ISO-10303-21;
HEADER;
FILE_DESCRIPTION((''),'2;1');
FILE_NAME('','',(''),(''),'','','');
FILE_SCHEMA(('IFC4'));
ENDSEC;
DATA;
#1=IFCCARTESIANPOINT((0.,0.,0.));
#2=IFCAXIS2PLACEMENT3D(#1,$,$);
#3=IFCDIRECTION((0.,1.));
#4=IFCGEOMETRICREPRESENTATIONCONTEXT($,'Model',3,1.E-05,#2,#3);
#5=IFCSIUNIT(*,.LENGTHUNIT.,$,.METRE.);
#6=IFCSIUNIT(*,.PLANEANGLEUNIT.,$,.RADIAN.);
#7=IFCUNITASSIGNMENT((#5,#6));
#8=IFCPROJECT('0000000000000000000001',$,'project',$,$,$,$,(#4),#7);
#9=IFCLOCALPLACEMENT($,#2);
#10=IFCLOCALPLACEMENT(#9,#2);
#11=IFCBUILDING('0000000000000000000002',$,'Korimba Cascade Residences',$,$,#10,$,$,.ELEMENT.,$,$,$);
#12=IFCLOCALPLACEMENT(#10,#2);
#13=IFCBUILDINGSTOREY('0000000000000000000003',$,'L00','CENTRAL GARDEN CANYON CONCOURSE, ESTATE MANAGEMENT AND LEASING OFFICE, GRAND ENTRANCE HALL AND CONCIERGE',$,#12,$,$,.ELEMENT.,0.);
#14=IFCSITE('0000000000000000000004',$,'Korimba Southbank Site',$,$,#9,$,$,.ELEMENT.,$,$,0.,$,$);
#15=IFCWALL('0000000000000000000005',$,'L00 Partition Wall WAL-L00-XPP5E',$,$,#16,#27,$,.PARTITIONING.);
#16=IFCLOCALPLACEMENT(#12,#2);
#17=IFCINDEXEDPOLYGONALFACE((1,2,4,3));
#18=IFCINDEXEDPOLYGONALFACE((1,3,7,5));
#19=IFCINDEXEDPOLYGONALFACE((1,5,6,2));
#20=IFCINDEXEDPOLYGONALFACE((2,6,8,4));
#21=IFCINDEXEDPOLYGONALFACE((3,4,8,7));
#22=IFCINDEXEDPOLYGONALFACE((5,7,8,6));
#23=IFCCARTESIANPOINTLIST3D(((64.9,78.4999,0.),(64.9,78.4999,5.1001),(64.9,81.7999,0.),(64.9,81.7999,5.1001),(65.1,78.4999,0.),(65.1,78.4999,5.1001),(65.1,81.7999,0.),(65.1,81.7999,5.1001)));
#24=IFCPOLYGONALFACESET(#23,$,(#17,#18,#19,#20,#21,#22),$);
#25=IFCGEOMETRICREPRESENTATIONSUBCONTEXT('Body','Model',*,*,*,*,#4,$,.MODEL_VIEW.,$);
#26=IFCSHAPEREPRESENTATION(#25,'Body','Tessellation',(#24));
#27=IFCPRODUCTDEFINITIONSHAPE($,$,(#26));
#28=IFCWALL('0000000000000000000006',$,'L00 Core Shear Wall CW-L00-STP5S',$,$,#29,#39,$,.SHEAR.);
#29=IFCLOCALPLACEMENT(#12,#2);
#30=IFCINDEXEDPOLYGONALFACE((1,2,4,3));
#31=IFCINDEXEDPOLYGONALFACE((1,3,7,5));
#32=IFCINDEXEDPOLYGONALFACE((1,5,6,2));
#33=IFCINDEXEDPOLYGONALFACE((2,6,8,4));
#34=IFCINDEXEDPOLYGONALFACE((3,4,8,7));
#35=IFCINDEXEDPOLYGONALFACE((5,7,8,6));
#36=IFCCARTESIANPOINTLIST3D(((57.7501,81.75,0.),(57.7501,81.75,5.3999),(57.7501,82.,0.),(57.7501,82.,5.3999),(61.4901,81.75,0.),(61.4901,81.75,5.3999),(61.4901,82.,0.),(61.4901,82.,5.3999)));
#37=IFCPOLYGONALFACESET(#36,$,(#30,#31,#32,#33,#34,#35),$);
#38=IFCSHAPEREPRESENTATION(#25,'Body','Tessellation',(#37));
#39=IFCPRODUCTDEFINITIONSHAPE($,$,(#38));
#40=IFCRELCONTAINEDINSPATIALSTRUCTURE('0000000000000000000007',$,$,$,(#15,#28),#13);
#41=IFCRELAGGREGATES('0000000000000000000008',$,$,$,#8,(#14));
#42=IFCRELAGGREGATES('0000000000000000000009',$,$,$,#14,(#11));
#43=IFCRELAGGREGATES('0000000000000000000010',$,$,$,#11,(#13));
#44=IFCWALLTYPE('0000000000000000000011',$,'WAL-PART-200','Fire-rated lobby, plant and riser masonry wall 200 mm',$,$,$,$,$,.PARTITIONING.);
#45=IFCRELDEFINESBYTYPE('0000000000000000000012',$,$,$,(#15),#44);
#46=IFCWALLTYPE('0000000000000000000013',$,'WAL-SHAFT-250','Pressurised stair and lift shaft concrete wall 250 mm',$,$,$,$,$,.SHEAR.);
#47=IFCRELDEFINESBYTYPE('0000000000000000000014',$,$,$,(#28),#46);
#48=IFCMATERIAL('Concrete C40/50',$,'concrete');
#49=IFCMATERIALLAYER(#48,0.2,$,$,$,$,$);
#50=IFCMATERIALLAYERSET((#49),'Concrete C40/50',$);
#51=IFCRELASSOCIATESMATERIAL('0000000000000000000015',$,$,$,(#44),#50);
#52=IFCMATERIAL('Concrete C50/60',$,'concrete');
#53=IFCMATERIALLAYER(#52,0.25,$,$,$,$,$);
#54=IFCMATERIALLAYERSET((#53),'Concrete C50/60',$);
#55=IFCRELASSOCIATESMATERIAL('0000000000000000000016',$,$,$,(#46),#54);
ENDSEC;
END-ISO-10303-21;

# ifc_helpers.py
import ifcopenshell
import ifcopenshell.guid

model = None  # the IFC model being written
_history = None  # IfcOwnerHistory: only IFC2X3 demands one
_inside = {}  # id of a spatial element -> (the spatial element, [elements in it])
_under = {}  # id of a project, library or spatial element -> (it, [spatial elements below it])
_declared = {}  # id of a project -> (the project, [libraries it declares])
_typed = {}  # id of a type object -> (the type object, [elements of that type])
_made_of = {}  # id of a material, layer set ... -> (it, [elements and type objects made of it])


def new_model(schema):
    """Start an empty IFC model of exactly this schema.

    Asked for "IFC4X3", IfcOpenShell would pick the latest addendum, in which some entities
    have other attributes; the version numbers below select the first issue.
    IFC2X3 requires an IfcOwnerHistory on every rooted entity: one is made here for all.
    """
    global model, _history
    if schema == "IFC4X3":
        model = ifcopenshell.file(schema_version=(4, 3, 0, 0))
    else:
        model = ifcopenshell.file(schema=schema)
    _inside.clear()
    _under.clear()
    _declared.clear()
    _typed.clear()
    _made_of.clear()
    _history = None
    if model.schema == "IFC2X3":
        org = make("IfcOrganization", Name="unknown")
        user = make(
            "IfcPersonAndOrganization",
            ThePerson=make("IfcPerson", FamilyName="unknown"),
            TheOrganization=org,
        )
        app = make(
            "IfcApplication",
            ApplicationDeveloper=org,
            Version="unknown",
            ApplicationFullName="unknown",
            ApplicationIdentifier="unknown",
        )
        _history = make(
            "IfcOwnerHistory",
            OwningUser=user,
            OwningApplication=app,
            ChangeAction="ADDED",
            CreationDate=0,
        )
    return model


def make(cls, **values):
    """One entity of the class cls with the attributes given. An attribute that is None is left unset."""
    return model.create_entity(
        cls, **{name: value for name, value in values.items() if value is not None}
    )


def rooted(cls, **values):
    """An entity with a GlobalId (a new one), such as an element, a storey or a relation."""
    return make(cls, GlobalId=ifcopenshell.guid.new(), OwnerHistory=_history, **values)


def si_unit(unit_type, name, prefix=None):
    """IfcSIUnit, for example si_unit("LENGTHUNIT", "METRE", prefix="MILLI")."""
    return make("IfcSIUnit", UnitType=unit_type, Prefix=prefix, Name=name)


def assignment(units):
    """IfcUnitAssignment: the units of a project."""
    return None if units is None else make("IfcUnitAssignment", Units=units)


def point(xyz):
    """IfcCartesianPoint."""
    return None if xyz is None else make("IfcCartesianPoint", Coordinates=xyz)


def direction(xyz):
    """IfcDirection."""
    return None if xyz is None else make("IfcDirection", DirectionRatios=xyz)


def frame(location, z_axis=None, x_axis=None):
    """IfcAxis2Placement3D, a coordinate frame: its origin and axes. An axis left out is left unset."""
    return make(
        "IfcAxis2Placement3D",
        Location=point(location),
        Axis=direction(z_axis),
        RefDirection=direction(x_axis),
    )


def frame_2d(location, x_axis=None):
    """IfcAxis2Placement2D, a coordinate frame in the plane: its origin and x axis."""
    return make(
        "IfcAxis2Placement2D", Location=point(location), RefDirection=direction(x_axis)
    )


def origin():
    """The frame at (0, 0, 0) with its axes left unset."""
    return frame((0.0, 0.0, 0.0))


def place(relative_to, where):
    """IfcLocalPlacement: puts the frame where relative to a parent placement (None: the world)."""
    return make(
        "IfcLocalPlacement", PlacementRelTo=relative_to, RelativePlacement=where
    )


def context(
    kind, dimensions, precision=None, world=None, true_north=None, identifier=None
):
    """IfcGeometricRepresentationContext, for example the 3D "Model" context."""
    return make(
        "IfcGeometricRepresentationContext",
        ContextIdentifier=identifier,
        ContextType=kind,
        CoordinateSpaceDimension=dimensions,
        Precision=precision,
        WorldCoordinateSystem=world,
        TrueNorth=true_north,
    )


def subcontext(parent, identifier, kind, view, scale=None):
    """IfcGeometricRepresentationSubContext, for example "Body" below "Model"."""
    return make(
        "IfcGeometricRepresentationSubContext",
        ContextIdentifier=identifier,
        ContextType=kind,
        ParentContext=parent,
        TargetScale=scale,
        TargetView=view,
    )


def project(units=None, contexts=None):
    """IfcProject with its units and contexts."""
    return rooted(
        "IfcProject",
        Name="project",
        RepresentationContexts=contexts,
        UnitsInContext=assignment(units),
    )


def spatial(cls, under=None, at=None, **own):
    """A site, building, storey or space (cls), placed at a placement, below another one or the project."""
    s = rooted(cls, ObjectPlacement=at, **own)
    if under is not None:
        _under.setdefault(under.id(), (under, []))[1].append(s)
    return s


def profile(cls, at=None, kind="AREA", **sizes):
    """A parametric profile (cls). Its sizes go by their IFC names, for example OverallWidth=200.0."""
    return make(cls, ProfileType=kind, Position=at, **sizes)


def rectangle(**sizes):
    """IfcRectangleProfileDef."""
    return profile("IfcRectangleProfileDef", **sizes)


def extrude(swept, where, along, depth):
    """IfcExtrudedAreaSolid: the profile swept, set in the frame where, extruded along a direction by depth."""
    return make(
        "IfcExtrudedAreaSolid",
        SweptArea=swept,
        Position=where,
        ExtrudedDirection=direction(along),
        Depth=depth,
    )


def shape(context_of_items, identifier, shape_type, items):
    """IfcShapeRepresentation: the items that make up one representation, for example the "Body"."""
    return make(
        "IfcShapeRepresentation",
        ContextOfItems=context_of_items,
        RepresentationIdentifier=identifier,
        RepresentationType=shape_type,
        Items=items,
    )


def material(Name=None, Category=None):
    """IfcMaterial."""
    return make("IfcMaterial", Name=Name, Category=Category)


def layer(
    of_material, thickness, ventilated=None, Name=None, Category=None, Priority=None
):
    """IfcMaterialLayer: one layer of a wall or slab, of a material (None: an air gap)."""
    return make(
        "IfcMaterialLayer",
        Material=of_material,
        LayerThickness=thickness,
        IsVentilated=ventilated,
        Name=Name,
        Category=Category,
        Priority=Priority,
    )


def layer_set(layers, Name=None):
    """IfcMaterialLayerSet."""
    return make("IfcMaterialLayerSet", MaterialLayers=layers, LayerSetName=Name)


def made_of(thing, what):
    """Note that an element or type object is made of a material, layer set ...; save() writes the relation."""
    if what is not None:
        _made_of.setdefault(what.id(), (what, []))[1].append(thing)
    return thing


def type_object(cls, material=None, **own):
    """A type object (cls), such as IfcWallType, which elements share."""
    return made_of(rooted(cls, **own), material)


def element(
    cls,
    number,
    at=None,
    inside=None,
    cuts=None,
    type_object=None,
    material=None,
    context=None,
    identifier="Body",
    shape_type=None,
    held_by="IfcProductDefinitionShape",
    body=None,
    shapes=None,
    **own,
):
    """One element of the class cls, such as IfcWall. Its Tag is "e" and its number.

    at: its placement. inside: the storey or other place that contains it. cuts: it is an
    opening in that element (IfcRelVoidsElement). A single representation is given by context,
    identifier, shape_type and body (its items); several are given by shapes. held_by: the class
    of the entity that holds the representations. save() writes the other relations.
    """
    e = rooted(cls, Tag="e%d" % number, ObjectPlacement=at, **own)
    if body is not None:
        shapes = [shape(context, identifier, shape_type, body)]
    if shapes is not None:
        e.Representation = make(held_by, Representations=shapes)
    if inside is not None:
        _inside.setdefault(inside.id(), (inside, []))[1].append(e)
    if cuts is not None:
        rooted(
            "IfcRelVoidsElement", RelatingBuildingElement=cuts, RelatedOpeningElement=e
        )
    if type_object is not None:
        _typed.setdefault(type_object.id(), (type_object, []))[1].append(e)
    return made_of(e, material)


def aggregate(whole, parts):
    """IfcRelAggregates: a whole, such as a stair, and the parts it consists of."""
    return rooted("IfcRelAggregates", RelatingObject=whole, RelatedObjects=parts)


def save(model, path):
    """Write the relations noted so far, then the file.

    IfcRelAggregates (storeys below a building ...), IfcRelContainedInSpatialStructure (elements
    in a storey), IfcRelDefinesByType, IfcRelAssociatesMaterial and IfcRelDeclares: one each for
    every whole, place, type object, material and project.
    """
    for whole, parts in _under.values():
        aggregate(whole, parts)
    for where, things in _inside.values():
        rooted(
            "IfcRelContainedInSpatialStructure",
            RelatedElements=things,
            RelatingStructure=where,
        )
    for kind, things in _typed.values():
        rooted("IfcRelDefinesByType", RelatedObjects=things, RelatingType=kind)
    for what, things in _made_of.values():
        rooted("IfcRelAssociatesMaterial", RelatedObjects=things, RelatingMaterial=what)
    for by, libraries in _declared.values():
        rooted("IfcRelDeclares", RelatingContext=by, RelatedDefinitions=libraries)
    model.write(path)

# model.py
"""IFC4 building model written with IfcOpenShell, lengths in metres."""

from ifc_helpers import new_model, si_unit, direction, frame, frame_2d, origin, place, context, subcontext, project, spatial, rectangle, extrude, material, layer, layer_set, type_object, element, save


model = new_model("IFC4")

# Units and contexts
model_context = context("Model", 3, precision=1e-05, world=origin(), true_north=direction((0.0, 1.0)))
body_context = subcontext(model_context, "Body", "Model", "MODEL_VIEW")
ifc_project = project(units=[si_unit("LENGTHUNIT", "METRE"), si_unit("PLANEANGLEUNIT", "RADIAN")], contexts=[model_context])

# Site, building, storey
site_placement = place(None, origin())
site = spatial("IfcSite", under=ifc_project, at=site_placement, Name="Korimba Southbank Site", CompositionType="ELEMENT", RefElevation=0.0)
building_placement = place(site_placement, origin())
building = spatial("IfcBuilding", under=site, at=building_placement, Name="Korimba Cascade Residences", CompositionType="ELEMENT")
storey_placement = place(building_placement, origin())
storey = spatial("IfcBuildingStorey", under=building, at=storey_placement, Name="L00", Description="CENTRAL GARDEN CANYON CONCOURSE, ESTATE MANAGEMENT AND LEASING OFFICE, GRAND ENTRANCE HALL AND CONCIERGE", CompositionType="ELEMENT", Elevation=0.0)

# Shared definitions
ifc_material_1 = material(Name="Concrete C50/60", Category="concrete")

# Shared definitions
ifc_material_2 = material(Name="Concrete C40/50", Category="concrete")
ifc_layer_1 = layer(ifc_material_2, 0.2)
ifc_layer_set_1 = layer_set([ifc_layer_1], Name="Concrete C40/50")
wall_type_1 = type_object("IfcWallType", Name="WAL-PART-200", Description="Fire-rated lobby, plant and riser masonry wall 200 mm", PredefinedType="PARTITIONING", material=ifc_layer_set_1)

# Walls
wall_1_placement = place(storey_placement, frame((65.0, 78.5, 0.0), z_axis=(0.0, 0.0, 1.0), x_axis=(0.0, 1.0, 0.0)))
element("IfcWall", 1, at=wall_1_placement, inside=storey, type_object=wall_type_1, Name="L00 Partition Wall WAL-L00-XPP5E", PredefinedType="PARTITIONING", context=body_context, shape_type="SweptSolid", body=[
    extrude(rectangle(XDim=3.3, YDim=0.2, at=frame_2d((1.6499, 0.0))), origin(), (0.0, 0.0, 1.0), 5.1001),
])
ifc_layer_2 = layer(ifc_material_1, 0.25)
ifc_layer_set_2 = layer_set([ifc_layer_2], Name="Concrete C50/60")
wall_type_2 = type_object("IfcWallType", Name="WAL-SHAFT-250", Description="Pressurised stair and lift shaft concrete wall 250 mm", PredefinedType="SHEAR", material=ifc_layer_set_2)
wall_2_placement = place(storey_placement, frame((57.75, 81.875, 0.0), z_axis=(0.0, 0.0, 1.0), x_axis=(1.0, 0.0, 0.0)))
element("IfcWall", 2, at=wall_2_placement, inside=storey, type_object=wall_type_2, Name="L00 Core Shear Wall CW-L00-STP5S", PredefinedType="SHEAR", context=body_context, shape_type="SweptSolid", body=[
    extrude(rectangle(XDim=3.74, YDim=0.25, at=frame_2d((1.8701, 0.0))), origin(), (0.0, 0.0, 1.0), 5.3999),
])

save(model, "model.ifc")
